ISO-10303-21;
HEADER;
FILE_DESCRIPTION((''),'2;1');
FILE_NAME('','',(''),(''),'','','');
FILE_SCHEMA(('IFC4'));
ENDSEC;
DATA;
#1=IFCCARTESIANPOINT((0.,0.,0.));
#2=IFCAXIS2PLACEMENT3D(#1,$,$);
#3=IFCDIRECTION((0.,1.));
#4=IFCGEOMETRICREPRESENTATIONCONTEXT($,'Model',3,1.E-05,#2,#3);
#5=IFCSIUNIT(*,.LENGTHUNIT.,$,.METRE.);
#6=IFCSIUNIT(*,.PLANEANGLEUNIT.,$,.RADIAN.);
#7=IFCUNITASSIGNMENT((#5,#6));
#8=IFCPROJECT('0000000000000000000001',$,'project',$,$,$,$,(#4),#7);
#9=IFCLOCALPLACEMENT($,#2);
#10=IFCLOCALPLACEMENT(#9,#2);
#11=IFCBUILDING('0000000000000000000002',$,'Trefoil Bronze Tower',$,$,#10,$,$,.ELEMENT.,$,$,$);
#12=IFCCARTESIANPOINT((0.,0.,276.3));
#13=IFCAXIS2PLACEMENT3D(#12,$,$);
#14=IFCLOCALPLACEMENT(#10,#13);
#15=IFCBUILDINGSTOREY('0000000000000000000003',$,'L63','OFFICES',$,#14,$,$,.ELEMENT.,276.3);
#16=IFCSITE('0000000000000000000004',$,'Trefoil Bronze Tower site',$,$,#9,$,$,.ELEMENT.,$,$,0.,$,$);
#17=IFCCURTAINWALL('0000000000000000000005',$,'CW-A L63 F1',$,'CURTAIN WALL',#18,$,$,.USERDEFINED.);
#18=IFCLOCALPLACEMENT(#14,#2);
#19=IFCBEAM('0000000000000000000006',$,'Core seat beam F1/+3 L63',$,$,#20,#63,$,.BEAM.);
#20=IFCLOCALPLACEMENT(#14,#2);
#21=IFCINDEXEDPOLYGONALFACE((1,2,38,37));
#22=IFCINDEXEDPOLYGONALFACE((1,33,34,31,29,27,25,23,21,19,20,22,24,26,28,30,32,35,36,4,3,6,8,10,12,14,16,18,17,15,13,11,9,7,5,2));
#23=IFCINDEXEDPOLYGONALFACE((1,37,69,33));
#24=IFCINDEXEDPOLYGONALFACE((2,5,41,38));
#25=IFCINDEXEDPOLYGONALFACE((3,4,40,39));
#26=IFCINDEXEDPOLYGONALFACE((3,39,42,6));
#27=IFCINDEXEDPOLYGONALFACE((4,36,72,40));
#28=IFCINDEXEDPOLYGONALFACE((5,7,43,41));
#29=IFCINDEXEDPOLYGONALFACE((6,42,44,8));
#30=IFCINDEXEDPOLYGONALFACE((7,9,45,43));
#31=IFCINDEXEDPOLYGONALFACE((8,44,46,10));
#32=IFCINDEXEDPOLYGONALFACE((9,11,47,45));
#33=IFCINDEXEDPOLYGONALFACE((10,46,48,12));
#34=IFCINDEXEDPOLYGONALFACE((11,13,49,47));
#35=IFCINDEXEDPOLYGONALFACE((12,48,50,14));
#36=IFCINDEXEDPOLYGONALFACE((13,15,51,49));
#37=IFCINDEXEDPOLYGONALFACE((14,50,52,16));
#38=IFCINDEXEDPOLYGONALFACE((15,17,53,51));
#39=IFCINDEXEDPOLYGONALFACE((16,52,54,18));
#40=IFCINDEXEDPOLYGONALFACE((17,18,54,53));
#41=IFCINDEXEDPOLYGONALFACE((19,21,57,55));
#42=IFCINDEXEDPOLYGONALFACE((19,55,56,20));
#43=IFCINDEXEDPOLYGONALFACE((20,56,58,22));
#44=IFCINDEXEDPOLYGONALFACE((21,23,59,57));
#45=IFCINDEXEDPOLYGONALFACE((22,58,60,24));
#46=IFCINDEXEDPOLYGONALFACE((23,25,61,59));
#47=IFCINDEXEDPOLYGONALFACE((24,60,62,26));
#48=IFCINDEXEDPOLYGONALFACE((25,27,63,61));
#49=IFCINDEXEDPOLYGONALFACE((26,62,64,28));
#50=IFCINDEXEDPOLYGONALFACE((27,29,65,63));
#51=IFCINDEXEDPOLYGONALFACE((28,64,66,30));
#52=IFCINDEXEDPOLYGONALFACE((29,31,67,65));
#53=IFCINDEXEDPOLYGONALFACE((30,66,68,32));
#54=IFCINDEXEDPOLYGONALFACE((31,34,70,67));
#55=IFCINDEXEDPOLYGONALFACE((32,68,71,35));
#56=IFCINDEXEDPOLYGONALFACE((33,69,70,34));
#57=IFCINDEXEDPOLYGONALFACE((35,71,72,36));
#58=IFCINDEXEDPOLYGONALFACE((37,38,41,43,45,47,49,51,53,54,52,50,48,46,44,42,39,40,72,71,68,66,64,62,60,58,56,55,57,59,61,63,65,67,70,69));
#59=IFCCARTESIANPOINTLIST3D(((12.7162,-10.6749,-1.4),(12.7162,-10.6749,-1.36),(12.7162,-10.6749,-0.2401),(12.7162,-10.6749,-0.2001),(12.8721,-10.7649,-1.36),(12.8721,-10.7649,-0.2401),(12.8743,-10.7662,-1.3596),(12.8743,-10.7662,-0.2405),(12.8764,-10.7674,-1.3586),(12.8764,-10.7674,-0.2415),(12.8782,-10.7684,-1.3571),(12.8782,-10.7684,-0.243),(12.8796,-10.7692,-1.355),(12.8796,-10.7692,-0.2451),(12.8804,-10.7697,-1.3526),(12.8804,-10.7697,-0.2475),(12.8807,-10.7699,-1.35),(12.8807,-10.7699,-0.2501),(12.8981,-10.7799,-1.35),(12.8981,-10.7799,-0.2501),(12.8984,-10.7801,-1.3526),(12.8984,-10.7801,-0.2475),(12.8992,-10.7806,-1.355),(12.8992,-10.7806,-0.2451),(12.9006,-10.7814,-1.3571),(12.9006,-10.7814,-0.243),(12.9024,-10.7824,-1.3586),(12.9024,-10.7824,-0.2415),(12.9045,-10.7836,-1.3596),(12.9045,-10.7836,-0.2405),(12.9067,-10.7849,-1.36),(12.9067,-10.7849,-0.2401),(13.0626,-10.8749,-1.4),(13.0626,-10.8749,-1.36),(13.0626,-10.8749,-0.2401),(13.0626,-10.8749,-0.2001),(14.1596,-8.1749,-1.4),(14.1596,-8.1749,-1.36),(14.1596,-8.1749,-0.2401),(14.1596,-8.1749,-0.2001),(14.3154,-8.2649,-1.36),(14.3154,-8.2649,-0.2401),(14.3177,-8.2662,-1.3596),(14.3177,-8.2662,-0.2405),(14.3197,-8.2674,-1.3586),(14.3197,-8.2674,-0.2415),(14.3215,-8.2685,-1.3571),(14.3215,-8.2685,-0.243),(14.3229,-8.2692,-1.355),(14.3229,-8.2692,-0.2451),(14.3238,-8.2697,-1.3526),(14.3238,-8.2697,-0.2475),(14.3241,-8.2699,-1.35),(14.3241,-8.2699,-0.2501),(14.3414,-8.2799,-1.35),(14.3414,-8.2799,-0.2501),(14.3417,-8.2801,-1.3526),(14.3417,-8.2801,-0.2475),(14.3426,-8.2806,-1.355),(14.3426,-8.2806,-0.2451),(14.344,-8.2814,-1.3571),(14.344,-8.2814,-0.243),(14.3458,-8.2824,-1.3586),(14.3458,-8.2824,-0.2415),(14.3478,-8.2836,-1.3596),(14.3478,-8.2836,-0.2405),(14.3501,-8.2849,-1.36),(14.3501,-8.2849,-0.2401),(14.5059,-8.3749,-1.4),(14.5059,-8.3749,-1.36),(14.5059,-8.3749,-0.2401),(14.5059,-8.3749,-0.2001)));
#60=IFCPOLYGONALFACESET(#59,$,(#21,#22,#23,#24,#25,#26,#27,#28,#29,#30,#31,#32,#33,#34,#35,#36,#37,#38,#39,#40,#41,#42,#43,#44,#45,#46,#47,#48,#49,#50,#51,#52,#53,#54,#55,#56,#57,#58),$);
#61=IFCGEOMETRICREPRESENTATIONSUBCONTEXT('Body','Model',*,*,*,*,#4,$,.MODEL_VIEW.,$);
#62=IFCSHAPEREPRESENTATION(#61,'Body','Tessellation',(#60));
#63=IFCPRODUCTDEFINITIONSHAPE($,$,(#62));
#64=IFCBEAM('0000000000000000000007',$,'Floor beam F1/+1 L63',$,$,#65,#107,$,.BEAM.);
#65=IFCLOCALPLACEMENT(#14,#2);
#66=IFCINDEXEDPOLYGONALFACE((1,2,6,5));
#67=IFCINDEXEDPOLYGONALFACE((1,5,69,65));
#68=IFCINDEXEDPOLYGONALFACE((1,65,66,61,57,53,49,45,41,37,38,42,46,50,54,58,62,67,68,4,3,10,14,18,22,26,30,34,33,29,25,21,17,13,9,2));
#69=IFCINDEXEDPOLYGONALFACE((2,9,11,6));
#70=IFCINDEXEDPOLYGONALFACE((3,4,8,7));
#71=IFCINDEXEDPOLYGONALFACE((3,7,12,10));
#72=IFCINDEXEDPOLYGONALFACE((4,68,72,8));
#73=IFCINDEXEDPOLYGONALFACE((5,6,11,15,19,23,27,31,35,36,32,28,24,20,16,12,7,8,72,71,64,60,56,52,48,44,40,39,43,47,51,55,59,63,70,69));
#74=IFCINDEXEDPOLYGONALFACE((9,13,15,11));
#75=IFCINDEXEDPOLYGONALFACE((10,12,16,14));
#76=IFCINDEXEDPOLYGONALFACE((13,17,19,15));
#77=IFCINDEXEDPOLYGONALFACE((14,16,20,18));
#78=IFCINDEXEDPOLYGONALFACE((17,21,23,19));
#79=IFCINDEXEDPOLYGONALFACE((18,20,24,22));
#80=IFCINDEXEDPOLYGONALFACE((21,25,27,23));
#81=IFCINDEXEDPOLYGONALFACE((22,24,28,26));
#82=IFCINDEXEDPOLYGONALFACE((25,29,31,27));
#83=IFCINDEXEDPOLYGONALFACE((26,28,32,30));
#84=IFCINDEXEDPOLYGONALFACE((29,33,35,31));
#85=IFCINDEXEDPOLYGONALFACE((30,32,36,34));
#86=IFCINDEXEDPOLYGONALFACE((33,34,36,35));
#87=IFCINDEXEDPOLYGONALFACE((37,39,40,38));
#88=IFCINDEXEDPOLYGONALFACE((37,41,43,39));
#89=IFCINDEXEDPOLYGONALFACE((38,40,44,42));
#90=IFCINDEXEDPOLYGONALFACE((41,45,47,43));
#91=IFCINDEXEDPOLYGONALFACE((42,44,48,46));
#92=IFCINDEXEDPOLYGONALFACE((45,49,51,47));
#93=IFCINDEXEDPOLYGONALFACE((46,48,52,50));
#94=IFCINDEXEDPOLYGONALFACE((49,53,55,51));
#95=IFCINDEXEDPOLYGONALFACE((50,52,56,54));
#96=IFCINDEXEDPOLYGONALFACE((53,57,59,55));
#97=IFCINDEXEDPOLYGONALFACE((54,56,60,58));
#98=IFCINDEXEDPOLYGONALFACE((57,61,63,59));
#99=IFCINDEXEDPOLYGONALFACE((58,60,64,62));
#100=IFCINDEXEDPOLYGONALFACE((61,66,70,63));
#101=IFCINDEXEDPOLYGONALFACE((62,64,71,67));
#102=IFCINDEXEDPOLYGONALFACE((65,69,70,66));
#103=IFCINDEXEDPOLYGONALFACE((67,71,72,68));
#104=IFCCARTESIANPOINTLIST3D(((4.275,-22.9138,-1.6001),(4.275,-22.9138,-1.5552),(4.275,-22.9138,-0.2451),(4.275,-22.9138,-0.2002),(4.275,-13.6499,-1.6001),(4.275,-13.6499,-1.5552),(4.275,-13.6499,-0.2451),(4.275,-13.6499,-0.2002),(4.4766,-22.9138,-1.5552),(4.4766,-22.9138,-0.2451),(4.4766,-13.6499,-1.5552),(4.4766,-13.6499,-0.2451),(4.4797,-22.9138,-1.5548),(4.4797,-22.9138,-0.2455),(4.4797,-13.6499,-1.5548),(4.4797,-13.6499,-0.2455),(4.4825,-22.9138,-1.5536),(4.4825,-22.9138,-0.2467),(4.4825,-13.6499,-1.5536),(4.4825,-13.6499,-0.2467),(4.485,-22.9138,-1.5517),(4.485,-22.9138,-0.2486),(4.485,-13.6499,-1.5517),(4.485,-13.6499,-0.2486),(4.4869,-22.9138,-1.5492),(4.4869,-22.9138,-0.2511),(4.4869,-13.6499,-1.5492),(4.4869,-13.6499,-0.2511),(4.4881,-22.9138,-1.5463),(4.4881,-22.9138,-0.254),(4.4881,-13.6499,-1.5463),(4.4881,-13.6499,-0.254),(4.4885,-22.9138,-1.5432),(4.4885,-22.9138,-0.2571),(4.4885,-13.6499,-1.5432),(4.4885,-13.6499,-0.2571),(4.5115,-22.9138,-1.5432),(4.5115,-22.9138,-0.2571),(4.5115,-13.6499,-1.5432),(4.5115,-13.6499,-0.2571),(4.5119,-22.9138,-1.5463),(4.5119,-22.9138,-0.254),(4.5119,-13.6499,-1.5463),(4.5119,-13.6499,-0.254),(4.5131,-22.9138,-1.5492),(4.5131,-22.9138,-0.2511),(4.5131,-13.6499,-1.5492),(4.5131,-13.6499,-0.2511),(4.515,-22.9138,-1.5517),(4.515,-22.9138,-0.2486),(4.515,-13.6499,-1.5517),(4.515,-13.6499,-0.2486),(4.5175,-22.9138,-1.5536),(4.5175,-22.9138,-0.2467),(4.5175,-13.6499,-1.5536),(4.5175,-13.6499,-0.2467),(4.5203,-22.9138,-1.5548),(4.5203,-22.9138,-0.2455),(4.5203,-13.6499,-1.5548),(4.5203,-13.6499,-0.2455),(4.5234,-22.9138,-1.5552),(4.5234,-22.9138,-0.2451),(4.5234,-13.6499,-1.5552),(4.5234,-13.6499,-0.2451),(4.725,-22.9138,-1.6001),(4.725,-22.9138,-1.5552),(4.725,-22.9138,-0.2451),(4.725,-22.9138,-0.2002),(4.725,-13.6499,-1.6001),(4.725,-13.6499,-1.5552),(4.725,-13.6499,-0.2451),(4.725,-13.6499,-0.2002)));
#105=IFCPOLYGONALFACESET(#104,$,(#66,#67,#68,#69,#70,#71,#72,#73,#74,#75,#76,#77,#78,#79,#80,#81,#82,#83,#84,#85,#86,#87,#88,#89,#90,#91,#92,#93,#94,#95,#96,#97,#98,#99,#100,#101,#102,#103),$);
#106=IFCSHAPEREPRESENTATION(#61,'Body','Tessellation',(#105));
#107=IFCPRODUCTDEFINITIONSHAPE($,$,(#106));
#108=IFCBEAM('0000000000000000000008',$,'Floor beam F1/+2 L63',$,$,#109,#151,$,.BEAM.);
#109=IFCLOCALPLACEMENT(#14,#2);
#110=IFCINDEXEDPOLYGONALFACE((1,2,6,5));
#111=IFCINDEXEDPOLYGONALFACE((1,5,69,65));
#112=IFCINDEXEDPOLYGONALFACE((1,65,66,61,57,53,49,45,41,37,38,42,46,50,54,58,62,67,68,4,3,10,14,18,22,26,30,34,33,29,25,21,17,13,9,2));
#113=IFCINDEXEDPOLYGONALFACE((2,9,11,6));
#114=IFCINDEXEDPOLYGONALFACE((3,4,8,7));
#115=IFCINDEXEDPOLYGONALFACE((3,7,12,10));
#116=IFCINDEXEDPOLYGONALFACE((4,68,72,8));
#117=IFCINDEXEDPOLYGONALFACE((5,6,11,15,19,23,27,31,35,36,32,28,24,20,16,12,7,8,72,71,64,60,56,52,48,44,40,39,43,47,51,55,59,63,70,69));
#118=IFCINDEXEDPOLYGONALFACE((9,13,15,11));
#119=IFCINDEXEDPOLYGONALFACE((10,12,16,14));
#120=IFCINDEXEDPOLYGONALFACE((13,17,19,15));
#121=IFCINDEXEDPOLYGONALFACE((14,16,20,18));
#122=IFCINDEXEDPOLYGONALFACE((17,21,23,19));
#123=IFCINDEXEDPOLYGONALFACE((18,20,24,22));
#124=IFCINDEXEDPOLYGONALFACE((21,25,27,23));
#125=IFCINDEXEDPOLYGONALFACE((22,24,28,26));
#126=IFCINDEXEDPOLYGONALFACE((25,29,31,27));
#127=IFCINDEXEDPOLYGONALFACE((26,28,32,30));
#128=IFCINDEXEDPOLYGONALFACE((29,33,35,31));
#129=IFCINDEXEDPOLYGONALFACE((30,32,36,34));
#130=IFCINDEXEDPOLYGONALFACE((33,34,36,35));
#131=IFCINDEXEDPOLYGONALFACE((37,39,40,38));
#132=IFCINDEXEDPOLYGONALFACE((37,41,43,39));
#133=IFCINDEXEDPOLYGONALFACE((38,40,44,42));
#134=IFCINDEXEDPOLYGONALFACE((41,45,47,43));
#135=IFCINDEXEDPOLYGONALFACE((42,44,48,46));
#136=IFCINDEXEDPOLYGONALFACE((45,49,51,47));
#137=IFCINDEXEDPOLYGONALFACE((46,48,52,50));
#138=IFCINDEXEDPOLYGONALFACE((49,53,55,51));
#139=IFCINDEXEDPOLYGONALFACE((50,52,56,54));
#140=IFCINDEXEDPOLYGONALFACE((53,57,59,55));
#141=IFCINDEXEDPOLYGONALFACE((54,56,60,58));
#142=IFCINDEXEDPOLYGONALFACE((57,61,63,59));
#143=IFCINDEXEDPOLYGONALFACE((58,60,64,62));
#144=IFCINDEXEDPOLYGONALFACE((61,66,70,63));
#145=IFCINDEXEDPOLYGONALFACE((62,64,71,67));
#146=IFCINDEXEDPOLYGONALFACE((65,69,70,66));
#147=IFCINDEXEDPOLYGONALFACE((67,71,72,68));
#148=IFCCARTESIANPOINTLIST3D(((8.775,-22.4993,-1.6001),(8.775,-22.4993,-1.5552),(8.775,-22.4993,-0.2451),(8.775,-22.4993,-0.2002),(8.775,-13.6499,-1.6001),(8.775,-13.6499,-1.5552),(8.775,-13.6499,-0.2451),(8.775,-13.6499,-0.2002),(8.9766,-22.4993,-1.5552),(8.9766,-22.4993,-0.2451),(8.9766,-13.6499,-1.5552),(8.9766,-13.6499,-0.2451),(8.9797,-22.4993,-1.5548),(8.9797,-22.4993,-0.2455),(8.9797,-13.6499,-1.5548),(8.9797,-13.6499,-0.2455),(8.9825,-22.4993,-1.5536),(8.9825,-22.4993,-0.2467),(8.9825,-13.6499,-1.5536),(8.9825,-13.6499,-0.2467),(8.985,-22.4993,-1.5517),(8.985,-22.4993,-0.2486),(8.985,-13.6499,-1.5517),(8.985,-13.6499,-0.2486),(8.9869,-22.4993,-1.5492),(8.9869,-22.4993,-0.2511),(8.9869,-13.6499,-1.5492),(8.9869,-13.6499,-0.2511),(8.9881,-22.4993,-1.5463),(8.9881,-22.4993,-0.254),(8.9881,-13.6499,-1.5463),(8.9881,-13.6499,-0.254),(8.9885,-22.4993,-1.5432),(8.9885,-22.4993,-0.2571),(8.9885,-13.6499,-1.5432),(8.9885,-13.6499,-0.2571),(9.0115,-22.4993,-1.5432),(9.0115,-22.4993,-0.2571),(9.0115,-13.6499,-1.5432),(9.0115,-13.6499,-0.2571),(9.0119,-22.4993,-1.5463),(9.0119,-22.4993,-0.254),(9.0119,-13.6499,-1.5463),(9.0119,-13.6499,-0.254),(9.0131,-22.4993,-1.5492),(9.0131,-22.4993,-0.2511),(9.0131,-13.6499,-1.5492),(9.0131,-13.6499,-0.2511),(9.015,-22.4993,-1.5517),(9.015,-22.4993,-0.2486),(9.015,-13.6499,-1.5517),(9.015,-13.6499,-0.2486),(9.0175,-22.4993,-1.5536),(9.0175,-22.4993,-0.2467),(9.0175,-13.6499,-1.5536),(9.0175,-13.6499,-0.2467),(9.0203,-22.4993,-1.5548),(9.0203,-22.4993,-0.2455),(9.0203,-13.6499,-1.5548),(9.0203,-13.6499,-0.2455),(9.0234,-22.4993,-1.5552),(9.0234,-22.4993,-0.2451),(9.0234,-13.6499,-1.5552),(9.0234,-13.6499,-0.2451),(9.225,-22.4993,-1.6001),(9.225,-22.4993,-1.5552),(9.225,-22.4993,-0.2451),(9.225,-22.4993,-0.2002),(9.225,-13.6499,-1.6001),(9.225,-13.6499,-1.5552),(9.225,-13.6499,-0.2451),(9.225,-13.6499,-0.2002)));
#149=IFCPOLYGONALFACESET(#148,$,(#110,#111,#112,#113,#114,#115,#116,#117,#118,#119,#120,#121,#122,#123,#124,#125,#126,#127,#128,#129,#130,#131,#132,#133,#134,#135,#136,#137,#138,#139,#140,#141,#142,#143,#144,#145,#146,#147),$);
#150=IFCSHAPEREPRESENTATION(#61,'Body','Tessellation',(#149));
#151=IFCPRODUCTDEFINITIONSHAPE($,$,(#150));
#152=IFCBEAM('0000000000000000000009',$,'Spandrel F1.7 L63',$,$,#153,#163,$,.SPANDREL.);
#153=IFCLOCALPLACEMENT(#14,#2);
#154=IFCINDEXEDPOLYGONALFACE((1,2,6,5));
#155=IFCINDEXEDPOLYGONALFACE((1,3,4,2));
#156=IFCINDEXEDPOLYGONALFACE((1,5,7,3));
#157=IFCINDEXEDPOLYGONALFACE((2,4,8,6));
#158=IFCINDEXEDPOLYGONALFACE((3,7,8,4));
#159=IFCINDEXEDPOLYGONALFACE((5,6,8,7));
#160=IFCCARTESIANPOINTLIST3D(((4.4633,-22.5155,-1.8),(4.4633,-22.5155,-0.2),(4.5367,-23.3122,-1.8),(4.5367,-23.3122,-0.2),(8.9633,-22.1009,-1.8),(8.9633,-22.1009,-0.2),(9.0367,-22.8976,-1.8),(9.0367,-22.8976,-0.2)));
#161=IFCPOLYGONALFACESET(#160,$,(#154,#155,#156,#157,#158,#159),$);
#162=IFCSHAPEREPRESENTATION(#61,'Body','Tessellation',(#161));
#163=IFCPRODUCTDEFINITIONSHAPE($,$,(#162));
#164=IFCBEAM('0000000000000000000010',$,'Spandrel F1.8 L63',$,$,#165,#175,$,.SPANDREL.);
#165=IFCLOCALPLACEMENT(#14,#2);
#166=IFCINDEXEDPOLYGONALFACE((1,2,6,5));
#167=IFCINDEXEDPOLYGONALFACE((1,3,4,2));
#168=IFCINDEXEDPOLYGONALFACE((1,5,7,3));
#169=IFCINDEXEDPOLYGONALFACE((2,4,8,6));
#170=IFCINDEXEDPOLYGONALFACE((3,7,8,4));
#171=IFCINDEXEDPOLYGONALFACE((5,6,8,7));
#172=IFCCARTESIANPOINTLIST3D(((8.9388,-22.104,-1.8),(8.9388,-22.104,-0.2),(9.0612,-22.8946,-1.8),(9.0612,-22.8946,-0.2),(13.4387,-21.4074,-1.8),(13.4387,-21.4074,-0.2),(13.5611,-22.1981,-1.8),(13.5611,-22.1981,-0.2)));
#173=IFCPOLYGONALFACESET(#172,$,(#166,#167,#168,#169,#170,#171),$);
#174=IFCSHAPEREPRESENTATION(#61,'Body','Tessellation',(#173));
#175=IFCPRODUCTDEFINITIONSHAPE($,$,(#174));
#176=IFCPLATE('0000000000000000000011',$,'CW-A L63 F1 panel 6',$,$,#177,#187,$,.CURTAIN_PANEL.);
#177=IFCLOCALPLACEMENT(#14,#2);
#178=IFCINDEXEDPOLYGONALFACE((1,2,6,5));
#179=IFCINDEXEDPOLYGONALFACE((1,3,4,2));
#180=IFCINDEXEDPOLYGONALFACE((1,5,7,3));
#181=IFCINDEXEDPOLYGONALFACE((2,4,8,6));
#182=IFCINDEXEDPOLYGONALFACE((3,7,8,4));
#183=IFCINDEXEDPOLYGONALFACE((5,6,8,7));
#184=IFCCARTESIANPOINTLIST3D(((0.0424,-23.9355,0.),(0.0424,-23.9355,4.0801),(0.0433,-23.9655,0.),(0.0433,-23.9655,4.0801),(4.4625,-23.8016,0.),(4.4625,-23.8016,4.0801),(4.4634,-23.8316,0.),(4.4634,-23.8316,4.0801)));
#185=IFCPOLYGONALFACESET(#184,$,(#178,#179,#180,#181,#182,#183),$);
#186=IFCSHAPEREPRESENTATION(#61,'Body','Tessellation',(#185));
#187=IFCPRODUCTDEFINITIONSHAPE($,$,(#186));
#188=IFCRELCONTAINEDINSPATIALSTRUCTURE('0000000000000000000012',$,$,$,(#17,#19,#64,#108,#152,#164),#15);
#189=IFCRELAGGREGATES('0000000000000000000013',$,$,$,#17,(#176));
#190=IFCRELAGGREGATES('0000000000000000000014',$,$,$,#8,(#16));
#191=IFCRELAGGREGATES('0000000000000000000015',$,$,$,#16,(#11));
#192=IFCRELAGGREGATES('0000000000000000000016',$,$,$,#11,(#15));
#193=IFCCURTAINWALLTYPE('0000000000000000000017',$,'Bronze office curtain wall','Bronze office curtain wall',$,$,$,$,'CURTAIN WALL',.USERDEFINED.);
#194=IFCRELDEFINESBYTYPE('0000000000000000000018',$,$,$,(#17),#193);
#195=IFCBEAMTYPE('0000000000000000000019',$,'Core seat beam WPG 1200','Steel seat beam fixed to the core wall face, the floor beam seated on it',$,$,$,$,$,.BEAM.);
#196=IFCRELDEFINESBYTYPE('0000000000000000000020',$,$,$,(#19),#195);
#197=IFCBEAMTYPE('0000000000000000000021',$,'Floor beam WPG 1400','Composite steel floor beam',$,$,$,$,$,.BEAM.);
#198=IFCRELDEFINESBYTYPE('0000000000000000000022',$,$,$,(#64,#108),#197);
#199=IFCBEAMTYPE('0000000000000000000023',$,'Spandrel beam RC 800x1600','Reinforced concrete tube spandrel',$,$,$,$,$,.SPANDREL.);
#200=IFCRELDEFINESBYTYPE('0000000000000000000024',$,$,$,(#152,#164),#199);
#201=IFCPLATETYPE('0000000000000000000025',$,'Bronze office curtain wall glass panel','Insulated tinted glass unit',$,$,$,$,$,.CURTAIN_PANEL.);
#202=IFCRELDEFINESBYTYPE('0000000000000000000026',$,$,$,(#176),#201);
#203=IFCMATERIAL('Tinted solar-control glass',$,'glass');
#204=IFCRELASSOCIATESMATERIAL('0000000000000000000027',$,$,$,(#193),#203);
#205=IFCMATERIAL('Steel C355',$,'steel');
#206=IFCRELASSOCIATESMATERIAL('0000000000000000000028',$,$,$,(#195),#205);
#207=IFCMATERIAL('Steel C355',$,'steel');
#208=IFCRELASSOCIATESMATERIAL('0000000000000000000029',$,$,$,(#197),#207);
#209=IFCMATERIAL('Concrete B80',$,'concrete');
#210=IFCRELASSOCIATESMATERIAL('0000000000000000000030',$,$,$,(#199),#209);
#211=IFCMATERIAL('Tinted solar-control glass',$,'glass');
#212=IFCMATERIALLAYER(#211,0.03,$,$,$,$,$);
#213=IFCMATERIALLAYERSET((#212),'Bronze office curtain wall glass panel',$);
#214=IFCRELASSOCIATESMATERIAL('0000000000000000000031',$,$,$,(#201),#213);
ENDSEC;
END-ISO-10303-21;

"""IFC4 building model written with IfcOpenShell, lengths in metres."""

from ifc_helpers import new_model, si_unit, direction, frame, origin, origin_2d, place, context, subcontext, project, spatial, rectangle, i_section, extrude, material, layer, layer_set, material_profile, profile_set, type_object, element, aggregate, save


model = new_model("IFC4")

# Units and contexts
model_context = context("Model", 3, precision=1e-05, world=origin(), true_north=direction((0.0, 1.0)))
body_context = subcontext(model_context, "Body", "Model", "MODEL_VIEW")
ifc_project = project(units=[si_unit("LENGTHUNIT", "METRE"), si_unit("PLANEANGLEUNIT", "RADIAN")], contexts=[model_context])

# Site, building, storey
site_placement = place(None, origin())
site = spatial("IfcSite", under=ifc_project, at=site_placement, Name="Trefoil Bronze Tower site", CompositionType="ELEMENT", RefElevation=0.0)
building_placement = place(site_placement, origin())
building = spatial("IfcBuilding", under=site, at=building_placement, Name="Trefoil Bronze Tower", CompositionType="ELEMENT")
storey_placement = place(building_placement, frame((0.0, 0.0, 276.3)))
storey = spatial("IfcBuildingStorey", under=building, at=storey_placement, Name="L63", Description="OFFICES", CompositionType="ELEMENT", Elevation=276.3)

# Curtain wall
ifc_material_1 = material(Name="Tinted solar-control glass", Category="glass")
curtain_wall_type = type_object("IfcCurtainWallType", Name="Bronze office curtain wall", Description="Bronze office curtain wall", ElementType="CURTAIN WALL", PredefinedType="USERDEFINED", material=ifc_material_1)
curtain_wall_placement = place(storey_placement, origin())
curtain_wall = element("IfcCurtainWall", 1, at=curtain_wall_placement, inside=storey, type_object=curtain_wall_type, Name="CW-A L63 F1", ObjectType="CURTAIN WALL", PredefinedType="USERDEFINED")

# Beams
ifc_material_2 = material(Name="Steel C355", Category="steel")
ifc_material_profile_1 = material_profile(ifc_material_2, i_section(OverallWidth=0.3999, OverallDepth=1.2, WebThickness=0.02, FlangeThickness=0.04, FilletRadius=0.01, at=origin_2d()), Name="WPG 1200")
ifc_profile_set_1 = profile_set([ifc_material_profile_1], Name="Steel C355")
beam_type_1 = type_object("IfcBeamType", Name="Core seat beam WPG 1200", Description="Steel seat beam fixed to the core wall face, the floor beam seated on it", PredefinedType="BEAM", material=ifc_profile_set_1)
beam_1_placement = place(storey_placement, frame((12.8894, -10.7749, -0.8), z_axis=(0.499996, 0.866028, 0.0), x_axis=(-0.866028, 0.499996, 0.0)))
element("IfcBeam", 2, at=beam_1_placement, inside=storey, type_object=beam_type_1, Name="Core seat beam F1/+3 L63", PredefinedType="BEAM", context=body_context, shape_type="SweptSolid", body=[
    extrude(i_section(OverallWidth=0.3999, OverallDepth=1.2, WebThickness=0.02, FlangeThickness=0.04, FilletRadius=0.01, at=origin_2d()), origin(), (0.0, 0.0, 1.0), 2.8867),
])
ifc_material_3 = material(Name="Steel C355", Category="steel")
ifc_material_profile_2 = material_profile(ifc_material_3, i_section(OverallWidth=0.45, OverallDepth=1.3999, WebThickness=0.0229, FlangeThickness=0.0449, FilletRadius=0.012, at=origin_2d()), Name="WPG 1400")
ifc_profile_set_2 = profile_set([ifc_material_profile_2], Name="Steel C355")
beam_type_2 = type_object("IfcBeamType", Name="Floor beam WPG 1400", Description="Composite steel floor beam", PredefinedType="BEAM", material=ifc_profile_set_2)
beam_2_placement = place(storey_placement, frame((4.5, -22.9138, -0.9001), z_axis=(0.0, 1.0, 0.0), x_axis=(-1.0, 0.0, 0.0)))
element("IfcBeam", 3, at=beam_2_placement, inside=storey, type_object=beam_type_2, Name="Floor beam F1/+1 L63", PredefinedType="BEAM", context=body_context, shape_type="SweptSolid", body=[
    extrude(i_section(OverallWidth=0.45, OverallDepth=1.3999, WebThickness=0.0229, FlangeThickness=0.0449, FilletRadius=0.012, at=origin_2d()), origin(), (0.0, 0.0, 1.0), 9.2639),
])
beam_3_placement = place(storey_placement, frame((9.0, -22.4993, -0.9001), z_axis=(0.0, 1.0, 0.0), x_axis=(-1.0, 0.0, 0.0)))
element("IfcBeam", 4, at=beam_3_placement, inside=storey, type_object=beam_type_2, Name="Floor beam F1/+2 L63", PredefinedType="BEAM", context=body_context, shape_type="SweptSolid", body=[
    extrude(i_section(OverallWidth=0.45, OverallDepth=1.3999, WebThickness=0.0229, FlangeThickness=0.0449, FilletRadius=0.012, at=origin_2d()), origin(), (0.0, 0.0, 1.0), 8.8494),
])
ifc_material_4 = material(Name="Concrete B80", Category="concrete")
ifc_material_profile_3 = material_profile(ifc_material_4, rectangle(XDim=0.8, YDim=1.6001, at=origin_2d()), Name="RC 800x1600")
ifc_profile_set_3 = profile_set([ifc_material_profile_3], Name="Concrete B80")
beam_type_3 = type_object("IfcBeamType", Name="Spandrel beam RC 800x1600", Description="Reinforced concrete tube spandrel", PredefinedType="SPANDREL", material=ifc_profile_set_3)
beam_4_placement = place(storey_placement, frame((4.5, -22.9138, -1.0), z_axis=(0.995784, 0.091734, 0.0), x_axis=(-0.091734, 0.995784, 0.0)))
element("IfcBeam", 5, at=beam_4_placement, inside=storey, type_object=beam_type_3, Name="Spandrel F1.7 L63", PredefinedType="SPANDREL", context=body_context, shape_type="SweptSolid", body=[
    extrude(rectangle(XDim=0.8, YDim=1.6001, at=origin_2d()), origin(), (0.0, 0.0, 1.0), 4.519),
])
beam_5_placement = place(storey_placement, frame((9.0, -22.4993, -1.0), z_axis=(0.988232, 0.152964, 0.0), x_axis=(-0.152964, 0.988232, 0.0)))
element("IfcBeam", 6, at=beam_5_placement, inside=storey, type_object=beam_type_3, Name="Spandrel F1.8 L63", PredefinedType="SPANDREL", context=body_context, shape_type="SweptSolid", body=[
    extrude(rectangle(XDim=0.8, YDim=1.6001, at=origin_2d()), origin(), (0.0, 0.0, 1.0), 4.5535),
])

# Plate
ifc_material_5 = material(Name="Tinted solar-control glass", Category="glass")
ifc_layer_1 = layer(ifc_material_5, 0.03)
ifc_layer_set_1 = layer_set([ifc_layer_1], Name="Bronze office curtain wall glass panel")
plate_type = type_object("IfcPlateType", Name="Bronze office curtain wall glass panel", Description="Insulated tinted glass unit", PredefinedType="CURTAIN_PANEL", material=ifc_layer_set_1)
plate_1_placement = place(storey_placement, frame((2.2529, -23.8835, 0.0), z_axis=(0.0, 0.0, 1.0), x_axis=(0.999542, 0.030263, 0.0)))
plate_1 = element("IfcPlate", 7, at=plate_1_placement, type_object=plate_type, Name="CW-A L63 F1 panel 6", PredefinedType="CURTAIN_PANEL", context=body_context, shape_type="SweptSolid", body=[
    extrude(rectangle(XDim=4.4221, YDim=0.03, at=origin_2d()), origin(), (0.0, 0.0, 1.0), 4.0801),
])
aggregate(curtain_wall, [plate_1])

save(model, "model.ifc")
